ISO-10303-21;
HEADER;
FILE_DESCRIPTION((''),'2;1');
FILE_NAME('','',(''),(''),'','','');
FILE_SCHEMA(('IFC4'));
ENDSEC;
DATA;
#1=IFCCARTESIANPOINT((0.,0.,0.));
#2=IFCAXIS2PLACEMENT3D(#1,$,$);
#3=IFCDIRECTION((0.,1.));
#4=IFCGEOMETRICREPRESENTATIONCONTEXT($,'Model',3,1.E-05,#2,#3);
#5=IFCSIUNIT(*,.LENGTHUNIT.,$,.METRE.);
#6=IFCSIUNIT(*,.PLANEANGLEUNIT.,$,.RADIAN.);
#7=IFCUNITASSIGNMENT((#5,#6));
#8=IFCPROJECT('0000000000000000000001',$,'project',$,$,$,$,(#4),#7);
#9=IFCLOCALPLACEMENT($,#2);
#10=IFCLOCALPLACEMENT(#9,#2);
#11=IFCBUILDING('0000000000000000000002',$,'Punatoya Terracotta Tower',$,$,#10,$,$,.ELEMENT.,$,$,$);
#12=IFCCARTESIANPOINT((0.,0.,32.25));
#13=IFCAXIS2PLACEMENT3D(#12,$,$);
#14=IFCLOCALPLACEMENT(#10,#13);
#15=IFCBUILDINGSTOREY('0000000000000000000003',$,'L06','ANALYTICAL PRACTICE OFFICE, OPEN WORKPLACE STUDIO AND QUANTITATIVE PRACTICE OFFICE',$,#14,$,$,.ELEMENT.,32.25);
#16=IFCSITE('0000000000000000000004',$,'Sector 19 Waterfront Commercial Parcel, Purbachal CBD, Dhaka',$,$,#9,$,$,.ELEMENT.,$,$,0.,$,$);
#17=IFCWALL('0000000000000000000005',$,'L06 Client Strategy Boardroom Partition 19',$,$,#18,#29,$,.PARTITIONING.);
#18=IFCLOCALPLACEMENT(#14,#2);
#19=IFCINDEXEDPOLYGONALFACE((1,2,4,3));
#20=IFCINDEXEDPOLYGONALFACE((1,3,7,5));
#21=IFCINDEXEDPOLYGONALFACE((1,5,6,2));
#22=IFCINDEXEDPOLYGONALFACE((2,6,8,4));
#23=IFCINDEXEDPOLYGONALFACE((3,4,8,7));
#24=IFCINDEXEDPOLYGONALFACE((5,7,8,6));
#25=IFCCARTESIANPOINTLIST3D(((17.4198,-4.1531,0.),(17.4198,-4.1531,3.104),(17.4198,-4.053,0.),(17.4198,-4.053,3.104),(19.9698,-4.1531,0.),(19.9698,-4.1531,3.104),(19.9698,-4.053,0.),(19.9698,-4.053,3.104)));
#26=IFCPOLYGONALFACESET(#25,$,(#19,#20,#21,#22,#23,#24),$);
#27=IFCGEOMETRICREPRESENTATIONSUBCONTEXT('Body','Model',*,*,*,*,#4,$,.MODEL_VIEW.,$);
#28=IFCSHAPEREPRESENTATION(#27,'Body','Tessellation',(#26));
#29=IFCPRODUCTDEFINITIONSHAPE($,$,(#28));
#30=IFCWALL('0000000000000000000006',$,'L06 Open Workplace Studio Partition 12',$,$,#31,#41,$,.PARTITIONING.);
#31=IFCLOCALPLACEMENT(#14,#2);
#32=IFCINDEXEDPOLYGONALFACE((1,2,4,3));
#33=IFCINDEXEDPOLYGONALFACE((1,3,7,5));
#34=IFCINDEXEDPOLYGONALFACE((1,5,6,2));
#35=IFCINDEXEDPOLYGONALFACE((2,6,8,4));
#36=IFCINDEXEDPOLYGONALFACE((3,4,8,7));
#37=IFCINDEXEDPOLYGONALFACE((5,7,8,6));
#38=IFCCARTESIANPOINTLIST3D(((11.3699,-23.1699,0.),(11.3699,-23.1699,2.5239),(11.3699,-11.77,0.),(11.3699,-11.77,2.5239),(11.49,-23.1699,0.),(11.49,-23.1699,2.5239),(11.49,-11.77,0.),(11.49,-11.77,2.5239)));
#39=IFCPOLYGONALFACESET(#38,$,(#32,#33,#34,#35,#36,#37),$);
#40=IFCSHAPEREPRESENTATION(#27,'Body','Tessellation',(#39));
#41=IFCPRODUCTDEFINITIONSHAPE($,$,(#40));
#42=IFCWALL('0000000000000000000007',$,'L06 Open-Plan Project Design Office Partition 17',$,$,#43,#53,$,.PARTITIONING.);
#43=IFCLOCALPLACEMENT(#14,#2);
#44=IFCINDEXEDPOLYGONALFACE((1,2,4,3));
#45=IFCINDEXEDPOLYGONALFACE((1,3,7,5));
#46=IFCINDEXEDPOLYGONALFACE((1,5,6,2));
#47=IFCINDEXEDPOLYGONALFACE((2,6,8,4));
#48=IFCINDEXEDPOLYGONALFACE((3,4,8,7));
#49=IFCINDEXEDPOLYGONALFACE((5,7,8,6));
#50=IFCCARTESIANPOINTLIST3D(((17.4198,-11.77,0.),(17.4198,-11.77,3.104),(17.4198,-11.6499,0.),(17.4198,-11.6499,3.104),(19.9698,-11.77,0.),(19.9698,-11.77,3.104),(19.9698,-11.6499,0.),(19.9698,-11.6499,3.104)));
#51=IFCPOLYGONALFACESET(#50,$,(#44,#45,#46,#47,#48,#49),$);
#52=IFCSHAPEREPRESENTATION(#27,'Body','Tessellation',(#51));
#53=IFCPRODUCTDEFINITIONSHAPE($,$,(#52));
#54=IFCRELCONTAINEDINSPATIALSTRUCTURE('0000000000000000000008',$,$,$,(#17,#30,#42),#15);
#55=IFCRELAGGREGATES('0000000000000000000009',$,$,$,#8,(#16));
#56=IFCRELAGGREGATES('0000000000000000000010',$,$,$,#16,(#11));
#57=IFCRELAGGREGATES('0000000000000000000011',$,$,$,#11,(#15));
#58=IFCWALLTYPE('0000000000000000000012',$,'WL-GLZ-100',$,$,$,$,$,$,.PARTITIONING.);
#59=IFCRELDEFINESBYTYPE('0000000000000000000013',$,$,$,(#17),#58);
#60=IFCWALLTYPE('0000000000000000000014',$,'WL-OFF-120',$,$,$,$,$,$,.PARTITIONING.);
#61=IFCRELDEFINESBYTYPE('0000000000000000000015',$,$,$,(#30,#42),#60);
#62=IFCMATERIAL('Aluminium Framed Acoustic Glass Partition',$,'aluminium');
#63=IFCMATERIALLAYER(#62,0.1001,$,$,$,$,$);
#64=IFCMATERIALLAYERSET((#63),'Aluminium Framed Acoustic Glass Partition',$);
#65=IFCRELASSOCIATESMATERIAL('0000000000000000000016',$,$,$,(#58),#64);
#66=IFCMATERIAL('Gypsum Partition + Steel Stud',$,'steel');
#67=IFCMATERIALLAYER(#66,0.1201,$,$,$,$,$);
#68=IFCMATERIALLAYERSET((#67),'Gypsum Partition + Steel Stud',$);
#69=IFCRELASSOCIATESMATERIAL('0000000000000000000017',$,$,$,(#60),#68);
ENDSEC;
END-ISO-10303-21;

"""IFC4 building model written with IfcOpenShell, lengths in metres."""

from ifc_helpers import new_model, si_unit, direction, frame, frame_2d, origin, place, context, subcontext, project, spatial, rectangle, extrude, material, layer, layer_set, type_object, element, save


model = new_model("IFC4")

# Units and contexts
model_context = context("Model", 3, precision=1e-05, world=origin(), true_north=direction((0.0, 1.0)))
body_context = subcontext(model_context, "Body", "Model", "MODEL_VIEW")
ifc_project = project(units=[si_unit("LENGTHUNIT", "METRE"), si_unit("PLANEANGLEUNIT", "RADIAN")], contexts=[model_context])

# Site, building, storey
site_placement = place(None, origin())
site = spatial("IfcSite", under=ifc_project, at=site_placement, Name="Sector 19 Waterfront Commercial Parcel, Purbachal CBD, Dhaka", CompositionType="ELEMENT", RefElevation=0.0)
building_placement = place(site_placement, origin())
building = spatial("IfcBuilding", under=site, at=building_placement, Name="Punatoya Terracotta Tower", CompositionType="ELEMENT")
storey_placement = place(building_placement, frame((0.0, 0.0, 32.25)))
storey = spatial("IfcBuildingStorey", under=building, at=storey_placement, Name="L06", Description="ANALYTICAL PRACTICE OFFICE, OPEN WORKPLACE STUDIO AND QUANTITATIVE PRACTICE OFFICE", CompositionType="ELEMENT", Elevation=32.25)

# Walls
ifc_material_1 = material(Name="Aluminium Framed Acoustic Glass Partition", Category="aluminium")
ifc_layer_1 = layer(ifc_material_1, 0.1001)
ifc_layer_set_1 = layer_set([ifc_layer_1], Name="Aluminium Framed Acoustic Glass Partition")
wall_type_1 = type_object("IfcWallType", Name="WL-GLZ-100", PredefinedType="PARTITIONING", material=ifc_layer_set_1)
wall_1_placement = place(storey_placement, frame((17.4199, -4.103, 0.0), z_axis=(0.0, 0.0, 1.0), x_axis=(1.0, 0.0, 0.0)))
element("IfcWall", 1, at=wall_1_placement, inside=storey, type_object=wall_type_1, Name="L06 Client Strategy Boardroom Partition 19", PredefinedType="PARTITIONING", context=body_context, shape_type="SweptSolid", body=[
    extrude(rectangle(XDim=2.55, YDim=0.1001, at=frame_2d((1.2749, 0.0))), origin(), (0.0, 0.0, 1.0), 3.104),
])
ifc_material_2 = material(Name="Gypsum Partition + Steel Stud", Category="steel")
ifc_layer_2 = layer(ifc_material_2, 0.1201)
ifc_layer_set_2 = layer_set([ifc_layer_2], Name="Gypsum Partition + Steel Stud")
wall_type_2 = type_object("IfcWallType", Name="WL-OFF-120", PredefinedType="PARTITIONING", material=ifc_layer_set_2)
wall_2_placement = place(storey_placement, frame((11.4299, -11.77, 0.0), z_axis=(0.0, 0.0, 1.0), x_axis=(0.0, -1.0, 0.0)))
element("IfcWall", 2, at=wall_2_placement, inside=storey, type_object=wall_type_2, Name="L06 Open Workplace Studio Partition 12", PredefinedType="PARTITIONING", context=body_context, shape_type="SweptSolid", body=[
    extrude(rectangle(XDim=11.3999, YDim=0.1201, at=frame_2d((5.7, 0.0))), origin(), (0.0, 0.0, 1.0), 2.5239),
])
wall_3_placement = place(storey_placement, frame((17.4199, -11.71, 0.0), z_axis=(0.0, 0.0, 1.0), x_axis=(1.0, 0.0, 0.0)))
element("IfcWall", 3, at=wall_3_placement, inside=storey, type_object=wall_type_2, Name="L06 Open-Plan Project Design Office Partition 17", PredefinedType="PARTITIONING", context=body_context, shape_type="SweptSolid", body=[
    extrude(rectangle(XDim=2.55, YDim=0.1201, at=frame_2d((1.2749, 0.0))), origin(), (0.0, 0.0, 1.0), 3.104),
])

save(model, "model.ifc")
